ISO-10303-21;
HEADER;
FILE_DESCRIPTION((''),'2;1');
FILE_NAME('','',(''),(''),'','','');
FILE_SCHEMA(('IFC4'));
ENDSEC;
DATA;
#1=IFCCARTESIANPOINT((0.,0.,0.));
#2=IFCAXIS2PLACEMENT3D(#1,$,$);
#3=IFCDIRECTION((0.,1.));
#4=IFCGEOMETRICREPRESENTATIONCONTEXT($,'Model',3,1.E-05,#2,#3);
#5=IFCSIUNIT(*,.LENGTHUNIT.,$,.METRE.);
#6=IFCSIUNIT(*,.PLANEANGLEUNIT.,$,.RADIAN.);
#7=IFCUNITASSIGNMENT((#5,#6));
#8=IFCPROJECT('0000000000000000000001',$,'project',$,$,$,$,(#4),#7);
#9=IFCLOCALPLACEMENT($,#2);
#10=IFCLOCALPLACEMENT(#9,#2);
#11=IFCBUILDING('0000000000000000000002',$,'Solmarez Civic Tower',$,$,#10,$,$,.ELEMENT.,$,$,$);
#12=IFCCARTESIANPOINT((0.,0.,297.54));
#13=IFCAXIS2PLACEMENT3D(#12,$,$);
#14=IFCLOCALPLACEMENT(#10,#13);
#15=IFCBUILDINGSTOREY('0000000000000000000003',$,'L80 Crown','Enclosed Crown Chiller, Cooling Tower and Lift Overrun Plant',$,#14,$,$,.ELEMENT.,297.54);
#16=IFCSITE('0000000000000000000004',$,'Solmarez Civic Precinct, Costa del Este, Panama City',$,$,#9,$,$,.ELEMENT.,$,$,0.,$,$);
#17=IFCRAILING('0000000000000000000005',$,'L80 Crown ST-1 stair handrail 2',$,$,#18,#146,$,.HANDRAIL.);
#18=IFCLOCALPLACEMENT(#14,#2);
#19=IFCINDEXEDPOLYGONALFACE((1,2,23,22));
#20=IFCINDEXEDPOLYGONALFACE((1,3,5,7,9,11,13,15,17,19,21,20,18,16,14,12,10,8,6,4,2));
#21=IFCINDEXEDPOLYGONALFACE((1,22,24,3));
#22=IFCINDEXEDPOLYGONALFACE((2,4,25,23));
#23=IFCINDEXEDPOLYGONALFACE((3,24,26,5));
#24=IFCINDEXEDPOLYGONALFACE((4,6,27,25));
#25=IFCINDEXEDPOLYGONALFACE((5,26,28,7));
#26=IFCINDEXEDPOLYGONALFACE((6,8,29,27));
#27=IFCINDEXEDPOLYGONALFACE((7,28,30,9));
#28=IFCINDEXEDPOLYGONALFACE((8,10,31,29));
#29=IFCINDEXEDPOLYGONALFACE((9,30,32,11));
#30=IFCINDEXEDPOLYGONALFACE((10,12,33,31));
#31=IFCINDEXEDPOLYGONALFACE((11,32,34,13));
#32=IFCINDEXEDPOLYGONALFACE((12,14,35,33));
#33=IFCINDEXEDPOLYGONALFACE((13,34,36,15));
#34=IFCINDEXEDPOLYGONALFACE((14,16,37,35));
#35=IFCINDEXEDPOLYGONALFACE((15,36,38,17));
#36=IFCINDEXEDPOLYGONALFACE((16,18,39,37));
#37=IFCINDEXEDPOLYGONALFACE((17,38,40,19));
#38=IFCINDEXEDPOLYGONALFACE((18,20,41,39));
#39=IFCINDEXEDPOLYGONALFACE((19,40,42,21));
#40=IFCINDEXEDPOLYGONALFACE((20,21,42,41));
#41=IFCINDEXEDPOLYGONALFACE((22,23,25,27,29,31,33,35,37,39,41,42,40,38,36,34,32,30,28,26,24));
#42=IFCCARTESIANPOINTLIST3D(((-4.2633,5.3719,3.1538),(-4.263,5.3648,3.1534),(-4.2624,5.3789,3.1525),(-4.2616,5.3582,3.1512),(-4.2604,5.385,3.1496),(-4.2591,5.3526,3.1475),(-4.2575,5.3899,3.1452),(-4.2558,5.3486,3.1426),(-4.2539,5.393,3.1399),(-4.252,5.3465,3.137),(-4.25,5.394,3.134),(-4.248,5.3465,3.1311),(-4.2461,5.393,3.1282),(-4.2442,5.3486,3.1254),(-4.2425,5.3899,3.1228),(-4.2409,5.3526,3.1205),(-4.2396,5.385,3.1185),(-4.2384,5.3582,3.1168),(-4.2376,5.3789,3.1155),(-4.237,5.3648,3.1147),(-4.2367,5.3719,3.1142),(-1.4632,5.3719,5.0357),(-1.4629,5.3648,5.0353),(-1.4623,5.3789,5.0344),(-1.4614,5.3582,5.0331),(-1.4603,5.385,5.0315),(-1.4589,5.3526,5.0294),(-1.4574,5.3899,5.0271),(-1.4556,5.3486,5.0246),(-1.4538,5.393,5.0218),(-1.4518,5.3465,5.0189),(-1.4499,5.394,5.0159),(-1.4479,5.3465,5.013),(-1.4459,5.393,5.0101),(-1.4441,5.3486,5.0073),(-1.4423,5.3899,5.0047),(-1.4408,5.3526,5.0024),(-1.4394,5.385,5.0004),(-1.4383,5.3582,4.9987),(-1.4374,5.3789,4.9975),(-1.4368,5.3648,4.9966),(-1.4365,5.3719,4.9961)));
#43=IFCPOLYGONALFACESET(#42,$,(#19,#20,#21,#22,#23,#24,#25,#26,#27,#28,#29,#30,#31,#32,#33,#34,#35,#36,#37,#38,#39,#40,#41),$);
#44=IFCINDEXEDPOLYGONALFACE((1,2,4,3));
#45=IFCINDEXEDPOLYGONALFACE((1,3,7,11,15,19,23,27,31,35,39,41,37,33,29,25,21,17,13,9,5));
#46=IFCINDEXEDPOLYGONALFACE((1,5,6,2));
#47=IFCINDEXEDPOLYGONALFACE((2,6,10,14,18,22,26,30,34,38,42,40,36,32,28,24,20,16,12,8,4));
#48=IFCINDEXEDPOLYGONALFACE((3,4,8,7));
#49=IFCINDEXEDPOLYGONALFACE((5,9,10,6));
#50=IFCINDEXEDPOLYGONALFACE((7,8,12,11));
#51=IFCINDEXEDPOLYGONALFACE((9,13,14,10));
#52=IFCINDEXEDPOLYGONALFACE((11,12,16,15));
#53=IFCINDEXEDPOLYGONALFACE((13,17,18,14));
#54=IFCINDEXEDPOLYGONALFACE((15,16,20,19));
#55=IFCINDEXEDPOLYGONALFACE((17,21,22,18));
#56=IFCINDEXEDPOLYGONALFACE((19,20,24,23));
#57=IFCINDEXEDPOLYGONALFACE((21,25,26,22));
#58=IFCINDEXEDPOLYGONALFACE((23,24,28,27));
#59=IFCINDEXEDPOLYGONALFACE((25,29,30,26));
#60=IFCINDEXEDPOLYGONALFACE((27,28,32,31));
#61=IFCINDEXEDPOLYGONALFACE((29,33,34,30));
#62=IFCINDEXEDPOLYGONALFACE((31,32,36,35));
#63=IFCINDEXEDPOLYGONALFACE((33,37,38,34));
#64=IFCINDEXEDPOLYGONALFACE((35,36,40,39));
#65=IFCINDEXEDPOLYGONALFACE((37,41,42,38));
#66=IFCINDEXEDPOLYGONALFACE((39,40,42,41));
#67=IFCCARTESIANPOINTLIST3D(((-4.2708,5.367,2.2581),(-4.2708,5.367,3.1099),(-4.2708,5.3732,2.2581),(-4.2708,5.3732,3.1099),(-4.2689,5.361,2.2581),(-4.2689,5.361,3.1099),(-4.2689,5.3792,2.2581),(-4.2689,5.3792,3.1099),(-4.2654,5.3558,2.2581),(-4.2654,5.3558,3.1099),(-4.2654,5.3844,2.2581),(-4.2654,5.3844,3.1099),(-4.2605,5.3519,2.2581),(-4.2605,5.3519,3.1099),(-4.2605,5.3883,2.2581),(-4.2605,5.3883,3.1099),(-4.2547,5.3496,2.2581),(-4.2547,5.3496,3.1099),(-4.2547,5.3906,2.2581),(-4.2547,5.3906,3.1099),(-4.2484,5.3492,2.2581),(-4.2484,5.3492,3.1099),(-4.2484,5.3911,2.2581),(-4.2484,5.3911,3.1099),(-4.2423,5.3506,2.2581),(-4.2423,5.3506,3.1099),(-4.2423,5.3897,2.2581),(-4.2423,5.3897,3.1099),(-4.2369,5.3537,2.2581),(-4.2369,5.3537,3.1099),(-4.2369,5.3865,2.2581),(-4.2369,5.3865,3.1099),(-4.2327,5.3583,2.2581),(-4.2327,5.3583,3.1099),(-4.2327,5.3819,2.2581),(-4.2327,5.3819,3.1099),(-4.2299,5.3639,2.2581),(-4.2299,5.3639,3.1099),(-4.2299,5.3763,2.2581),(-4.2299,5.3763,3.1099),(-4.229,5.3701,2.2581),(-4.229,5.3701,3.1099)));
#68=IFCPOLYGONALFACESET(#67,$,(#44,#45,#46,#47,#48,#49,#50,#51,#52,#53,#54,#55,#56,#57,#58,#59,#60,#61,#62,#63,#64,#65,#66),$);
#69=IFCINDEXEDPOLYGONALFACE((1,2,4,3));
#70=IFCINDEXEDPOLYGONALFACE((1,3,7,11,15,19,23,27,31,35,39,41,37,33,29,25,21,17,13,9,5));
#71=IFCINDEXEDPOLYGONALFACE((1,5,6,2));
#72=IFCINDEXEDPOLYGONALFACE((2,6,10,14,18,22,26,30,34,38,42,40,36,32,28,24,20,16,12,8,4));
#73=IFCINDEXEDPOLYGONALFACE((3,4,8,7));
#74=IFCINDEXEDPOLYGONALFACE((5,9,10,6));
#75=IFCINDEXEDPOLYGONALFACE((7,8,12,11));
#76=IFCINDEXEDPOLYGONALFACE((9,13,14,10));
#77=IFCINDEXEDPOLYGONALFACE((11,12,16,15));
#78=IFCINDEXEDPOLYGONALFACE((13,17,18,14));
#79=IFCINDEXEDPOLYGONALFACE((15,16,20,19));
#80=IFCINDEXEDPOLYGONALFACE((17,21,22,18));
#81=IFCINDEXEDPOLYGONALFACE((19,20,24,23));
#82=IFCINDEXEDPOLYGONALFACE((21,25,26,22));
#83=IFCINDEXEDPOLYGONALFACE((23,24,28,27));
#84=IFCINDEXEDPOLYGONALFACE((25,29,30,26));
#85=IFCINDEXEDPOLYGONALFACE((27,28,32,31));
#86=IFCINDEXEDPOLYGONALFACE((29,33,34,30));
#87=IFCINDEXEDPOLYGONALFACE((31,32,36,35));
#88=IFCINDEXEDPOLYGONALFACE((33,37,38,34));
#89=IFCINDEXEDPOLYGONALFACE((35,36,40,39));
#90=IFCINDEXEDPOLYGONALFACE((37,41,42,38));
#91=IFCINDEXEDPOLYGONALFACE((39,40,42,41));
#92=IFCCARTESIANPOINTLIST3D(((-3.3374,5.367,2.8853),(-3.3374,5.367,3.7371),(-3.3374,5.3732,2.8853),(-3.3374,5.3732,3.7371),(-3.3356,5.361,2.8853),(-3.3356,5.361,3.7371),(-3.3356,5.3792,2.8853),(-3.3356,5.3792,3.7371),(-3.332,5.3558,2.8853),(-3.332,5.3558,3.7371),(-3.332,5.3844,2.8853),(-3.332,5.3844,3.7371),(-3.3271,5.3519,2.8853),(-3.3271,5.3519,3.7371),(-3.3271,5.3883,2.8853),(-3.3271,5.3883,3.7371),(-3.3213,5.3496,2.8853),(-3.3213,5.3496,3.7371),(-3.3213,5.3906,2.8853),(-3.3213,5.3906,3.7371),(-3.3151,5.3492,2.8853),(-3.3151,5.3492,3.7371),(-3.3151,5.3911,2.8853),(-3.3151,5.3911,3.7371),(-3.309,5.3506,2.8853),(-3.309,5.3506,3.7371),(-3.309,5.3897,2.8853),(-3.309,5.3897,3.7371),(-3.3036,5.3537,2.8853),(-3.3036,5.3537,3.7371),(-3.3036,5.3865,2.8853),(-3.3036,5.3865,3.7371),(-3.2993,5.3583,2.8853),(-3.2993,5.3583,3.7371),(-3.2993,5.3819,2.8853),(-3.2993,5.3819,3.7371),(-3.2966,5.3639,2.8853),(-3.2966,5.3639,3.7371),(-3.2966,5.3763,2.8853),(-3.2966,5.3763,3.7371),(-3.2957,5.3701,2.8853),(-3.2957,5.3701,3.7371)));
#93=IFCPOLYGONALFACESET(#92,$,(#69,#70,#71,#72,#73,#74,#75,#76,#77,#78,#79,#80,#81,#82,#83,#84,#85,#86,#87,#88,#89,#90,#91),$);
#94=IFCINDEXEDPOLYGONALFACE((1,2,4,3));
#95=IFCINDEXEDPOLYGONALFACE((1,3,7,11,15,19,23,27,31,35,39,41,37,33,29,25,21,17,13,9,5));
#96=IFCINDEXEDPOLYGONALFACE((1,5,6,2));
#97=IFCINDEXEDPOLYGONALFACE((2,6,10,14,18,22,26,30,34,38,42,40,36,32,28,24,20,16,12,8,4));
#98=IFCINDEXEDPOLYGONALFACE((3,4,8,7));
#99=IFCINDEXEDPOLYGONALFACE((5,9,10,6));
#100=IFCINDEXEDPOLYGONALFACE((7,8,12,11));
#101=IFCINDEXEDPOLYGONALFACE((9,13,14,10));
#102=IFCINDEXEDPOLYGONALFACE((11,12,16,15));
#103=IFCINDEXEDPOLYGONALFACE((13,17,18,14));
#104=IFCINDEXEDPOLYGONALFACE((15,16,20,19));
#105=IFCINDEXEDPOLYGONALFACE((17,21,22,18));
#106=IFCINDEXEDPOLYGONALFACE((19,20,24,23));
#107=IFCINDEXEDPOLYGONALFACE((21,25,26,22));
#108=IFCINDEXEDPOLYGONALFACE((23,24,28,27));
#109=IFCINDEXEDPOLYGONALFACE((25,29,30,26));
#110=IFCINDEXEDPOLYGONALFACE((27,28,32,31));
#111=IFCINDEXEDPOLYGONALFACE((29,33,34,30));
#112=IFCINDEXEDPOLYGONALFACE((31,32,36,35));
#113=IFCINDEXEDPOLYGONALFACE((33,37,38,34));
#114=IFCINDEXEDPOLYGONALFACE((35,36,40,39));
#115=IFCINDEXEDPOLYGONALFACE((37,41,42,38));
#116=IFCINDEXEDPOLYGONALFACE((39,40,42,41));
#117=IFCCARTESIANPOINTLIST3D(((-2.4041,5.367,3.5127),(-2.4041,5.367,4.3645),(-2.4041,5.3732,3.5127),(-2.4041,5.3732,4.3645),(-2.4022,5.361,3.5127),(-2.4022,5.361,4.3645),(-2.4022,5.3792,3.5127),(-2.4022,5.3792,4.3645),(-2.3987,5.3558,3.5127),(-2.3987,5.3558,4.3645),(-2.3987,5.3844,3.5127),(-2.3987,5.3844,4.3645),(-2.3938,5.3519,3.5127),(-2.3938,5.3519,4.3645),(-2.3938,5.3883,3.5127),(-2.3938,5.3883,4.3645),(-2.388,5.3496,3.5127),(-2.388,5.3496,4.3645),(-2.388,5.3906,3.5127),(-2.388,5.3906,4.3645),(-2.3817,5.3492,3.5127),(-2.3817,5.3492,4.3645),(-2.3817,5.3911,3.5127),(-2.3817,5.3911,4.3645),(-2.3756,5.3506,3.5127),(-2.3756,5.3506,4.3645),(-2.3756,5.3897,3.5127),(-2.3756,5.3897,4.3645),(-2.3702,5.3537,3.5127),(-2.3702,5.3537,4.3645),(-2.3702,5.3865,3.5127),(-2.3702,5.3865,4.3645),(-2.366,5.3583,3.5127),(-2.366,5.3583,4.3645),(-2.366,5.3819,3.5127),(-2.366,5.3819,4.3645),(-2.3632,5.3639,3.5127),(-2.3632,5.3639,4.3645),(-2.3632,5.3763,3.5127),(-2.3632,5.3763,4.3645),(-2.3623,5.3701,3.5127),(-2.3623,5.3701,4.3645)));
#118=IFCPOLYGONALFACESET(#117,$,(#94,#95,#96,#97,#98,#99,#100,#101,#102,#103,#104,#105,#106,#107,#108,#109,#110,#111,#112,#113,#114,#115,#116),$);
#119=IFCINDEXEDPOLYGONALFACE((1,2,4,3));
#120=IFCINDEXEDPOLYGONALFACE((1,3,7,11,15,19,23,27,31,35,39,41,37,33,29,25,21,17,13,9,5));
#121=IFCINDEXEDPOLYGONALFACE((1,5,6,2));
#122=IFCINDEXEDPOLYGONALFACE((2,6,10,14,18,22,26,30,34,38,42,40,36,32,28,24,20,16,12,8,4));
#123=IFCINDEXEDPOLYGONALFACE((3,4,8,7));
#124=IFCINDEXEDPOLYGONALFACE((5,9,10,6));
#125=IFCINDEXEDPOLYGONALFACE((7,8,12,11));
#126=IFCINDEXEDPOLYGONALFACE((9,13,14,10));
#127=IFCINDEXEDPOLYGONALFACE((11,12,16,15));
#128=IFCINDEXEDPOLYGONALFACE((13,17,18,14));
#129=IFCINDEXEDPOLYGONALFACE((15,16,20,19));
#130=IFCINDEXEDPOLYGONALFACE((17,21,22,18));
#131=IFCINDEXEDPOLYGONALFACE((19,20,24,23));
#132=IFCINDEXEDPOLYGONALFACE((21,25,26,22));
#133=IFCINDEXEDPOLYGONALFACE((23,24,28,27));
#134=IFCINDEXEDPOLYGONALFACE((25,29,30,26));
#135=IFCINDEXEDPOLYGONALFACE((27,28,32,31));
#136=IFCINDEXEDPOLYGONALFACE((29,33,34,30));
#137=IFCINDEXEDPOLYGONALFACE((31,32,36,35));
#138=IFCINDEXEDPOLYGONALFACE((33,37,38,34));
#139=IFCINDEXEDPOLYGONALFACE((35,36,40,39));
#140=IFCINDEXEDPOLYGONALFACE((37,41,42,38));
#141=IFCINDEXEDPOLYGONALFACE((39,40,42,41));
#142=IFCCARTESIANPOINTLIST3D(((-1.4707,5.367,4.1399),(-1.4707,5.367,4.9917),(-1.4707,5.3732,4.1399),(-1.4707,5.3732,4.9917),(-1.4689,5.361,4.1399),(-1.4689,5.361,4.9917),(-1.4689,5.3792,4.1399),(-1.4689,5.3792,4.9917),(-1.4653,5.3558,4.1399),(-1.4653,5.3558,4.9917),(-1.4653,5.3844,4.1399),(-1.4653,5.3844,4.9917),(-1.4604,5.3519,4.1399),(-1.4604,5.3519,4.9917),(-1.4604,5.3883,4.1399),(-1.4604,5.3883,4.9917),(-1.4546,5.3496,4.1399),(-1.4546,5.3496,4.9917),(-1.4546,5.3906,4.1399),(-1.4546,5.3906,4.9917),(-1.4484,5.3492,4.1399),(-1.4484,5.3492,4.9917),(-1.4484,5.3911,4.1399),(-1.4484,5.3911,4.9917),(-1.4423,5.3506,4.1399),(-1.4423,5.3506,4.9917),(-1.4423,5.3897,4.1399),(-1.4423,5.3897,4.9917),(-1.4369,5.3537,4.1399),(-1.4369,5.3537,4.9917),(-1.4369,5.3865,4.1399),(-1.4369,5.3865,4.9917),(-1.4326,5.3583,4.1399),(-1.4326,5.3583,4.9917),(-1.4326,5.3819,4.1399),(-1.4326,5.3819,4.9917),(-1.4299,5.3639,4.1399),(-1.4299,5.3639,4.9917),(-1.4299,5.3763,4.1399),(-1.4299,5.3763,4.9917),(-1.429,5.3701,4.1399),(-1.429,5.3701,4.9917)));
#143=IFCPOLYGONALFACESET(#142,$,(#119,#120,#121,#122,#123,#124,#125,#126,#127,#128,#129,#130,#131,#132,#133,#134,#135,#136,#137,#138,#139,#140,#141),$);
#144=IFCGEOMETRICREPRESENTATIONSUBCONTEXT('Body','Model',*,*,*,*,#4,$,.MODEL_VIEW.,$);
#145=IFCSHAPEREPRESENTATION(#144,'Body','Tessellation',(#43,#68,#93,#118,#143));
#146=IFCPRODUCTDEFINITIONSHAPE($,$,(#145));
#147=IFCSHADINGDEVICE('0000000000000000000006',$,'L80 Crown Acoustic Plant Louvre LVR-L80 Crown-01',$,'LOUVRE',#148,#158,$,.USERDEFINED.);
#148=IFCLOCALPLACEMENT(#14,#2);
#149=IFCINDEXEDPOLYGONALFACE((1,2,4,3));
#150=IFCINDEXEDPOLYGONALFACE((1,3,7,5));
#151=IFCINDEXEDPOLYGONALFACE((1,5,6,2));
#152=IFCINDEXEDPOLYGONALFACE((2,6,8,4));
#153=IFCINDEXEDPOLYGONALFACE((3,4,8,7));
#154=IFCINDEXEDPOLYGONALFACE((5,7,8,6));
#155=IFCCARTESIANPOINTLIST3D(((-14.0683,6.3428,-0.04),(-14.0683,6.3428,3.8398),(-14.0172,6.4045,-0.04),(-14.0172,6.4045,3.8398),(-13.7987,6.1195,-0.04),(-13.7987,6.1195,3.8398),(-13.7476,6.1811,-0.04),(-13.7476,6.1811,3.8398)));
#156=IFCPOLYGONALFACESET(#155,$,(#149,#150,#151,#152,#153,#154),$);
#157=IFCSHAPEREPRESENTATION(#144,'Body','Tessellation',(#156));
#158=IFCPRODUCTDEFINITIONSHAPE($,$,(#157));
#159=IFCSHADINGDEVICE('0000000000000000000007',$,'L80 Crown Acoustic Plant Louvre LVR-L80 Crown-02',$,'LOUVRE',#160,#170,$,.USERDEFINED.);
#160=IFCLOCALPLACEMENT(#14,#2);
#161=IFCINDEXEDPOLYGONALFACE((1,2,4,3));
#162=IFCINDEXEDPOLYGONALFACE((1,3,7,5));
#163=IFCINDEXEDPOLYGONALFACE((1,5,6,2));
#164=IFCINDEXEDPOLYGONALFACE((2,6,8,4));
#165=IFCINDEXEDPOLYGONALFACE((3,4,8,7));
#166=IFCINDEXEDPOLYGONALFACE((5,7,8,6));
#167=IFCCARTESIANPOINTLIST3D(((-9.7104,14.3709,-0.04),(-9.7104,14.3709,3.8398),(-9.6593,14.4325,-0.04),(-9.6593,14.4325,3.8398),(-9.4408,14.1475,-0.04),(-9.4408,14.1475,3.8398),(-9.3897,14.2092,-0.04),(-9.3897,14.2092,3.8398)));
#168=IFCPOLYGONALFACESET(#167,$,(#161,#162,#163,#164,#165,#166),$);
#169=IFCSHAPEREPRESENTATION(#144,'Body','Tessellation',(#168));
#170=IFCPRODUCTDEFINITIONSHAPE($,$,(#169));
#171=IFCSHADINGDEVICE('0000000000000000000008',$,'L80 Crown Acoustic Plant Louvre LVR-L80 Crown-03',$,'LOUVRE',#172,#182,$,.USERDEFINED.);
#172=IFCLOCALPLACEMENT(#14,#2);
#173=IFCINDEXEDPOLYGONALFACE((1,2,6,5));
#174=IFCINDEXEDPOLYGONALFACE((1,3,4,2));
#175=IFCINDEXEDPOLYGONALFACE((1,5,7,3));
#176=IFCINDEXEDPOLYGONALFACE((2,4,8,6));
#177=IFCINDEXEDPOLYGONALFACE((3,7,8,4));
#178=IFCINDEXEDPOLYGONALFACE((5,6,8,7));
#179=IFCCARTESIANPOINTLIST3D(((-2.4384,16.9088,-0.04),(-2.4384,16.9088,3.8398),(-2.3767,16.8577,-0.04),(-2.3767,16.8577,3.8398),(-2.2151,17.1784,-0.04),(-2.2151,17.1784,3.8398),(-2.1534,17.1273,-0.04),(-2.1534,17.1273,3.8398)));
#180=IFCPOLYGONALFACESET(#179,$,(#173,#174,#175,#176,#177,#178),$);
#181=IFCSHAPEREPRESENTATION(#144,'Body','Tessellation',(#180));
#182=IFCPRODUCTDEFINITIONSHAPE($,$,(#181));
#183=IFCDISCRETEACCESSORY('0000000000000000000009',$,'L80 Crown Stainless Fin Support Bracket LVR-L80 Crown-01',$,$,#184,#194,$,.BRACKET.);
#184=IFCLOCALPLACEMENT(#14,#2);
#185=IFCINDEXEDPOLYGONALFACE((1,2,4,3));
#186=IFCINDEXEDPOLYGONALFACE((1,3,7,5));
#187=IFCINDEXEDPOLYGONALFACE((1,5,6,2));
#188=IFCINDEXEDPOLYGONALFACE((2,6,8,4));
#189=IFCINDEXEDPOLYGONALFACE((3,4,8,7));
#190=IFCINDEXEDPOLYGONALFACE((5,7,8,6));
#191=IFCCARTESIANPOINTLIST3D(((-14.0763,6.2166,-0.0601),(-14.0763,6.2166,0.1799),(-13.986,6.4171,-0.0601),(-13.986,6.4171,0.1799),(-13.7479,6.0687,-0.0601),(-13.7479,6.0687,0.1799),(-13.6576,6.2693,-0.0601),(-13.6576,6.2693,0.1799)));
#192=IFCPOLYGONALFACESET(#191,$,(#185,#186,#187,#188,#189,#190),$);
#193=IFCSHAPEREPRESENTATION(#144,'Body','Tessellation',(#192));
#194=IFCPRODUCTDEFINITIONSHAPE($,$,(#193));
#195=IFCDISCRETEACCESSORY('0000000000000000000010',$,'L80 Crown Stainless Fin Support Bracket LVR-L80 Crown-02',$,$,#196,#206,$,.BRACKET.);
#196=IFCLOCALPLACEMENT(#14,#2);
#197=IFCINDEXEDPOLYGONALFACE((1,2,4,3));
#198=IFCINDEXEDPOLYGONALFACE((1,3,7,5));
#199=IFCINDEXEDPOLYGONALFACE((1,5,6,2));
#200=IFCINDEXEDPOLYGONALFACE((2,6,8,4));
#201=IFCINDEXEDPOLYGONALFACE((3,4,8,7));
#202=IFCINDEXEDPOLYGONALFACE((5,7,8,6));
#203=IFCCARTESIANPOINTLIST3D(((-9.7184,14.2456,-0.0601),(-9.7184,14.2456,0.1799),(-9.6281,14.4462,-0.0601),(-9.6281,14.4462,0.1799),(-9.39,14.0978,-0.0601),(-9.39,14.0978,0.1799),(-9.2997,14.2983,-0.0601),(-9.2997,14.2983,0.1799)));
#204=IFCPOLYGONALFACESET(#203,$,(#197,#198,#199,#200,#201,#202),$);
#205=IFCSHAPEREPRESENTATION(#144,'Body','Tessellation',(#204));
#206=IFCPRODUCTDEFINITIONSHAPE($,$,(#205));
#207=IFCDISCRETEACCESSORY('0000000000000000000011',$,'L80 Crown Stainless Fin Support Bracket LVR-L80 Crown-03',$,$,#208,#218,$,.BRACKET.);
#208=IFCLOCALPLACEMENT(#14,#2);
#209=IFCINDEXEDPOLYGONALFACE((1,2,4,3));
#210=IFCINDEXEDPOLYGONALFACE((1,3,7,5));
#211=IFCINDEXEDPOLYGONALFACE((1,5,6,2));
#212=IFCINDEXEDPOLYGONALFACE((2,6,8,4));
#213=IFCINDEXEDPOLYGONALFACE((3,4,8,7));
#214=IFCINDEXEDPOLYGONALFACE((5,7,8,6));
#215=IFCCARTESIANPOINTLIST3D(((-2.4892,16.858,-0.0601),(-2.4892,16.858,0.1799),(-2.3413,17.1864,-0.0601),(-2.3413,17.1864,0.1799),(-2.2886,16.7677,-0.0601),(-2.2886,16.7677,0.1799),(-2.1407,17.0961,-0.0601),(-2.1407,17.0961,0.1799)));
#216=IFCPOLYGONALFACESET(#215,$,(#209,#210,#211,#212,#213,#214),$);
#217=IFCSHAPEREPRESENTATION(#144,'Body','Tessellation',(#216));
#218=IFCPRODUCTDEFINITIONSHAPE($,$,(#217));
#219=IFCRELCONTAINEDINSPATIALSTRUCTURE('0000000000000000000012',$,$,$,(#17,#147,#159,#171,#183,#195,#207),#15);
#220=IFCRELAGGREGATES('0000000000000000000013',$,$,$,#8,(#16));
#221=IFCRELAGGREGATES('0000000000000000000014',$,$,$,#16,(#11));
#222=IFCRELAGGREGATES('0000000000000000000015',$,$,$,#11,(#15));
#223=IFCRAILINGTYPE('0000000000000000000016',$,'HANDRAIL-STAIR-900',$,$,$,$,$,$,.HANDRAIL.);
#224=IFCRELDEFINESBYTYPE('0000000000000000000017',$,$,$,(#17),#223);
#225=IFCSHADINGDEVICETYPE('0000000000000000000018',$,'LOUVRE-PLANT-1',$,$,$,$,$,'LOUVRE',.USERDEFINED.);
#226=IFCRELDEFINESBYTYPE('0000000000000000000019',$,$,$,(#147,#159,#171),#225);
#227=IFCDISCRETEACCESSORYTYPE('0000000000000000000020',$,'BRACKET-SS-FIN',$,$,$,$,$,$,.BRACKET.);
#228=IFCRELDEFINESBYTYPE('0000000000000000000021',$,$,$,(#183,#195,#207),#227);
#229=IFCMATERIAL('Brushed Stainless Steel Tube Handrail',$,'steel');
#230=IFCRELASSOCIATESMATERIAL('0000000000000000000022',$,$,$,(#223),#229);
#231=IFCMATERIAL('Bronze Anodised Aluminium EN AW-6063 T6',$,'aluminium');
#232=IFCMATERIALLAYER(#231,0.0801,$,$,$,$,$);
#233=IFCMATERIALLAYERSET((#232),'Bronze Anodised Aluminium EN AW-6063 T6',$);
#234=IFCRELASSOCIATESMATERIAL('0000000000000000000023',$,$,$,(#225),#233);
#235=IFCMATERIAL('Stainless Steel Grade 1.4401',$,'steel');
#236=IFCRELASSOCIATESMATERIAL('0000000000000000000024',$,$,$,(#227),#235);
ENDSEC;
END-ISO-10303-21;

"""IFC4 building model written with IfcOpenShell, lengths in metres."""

from ifc_helpers import new_model, si_unit, direction, frame, origin, origin_2d, place, context, subcontext, project, spatial, rectangle, circle, extrude, material, layer, layer_set, type_object, element, save


model = new_model("IFC4")

# Units and contexts
model_context = context("Model", 3, precision=1e-05, world=origin(), true_north=direction((0.0, 1.0)))
body_context = subcontext(model_context, "Body", "Model", "MODEL_VIEW")
ifc_project = project(units=[si_unit("LENGTHUNIT", "METRE"), si_unit("PLANEANGLEUNIT", "RADIAN")], contexts=[model_context])

# Site, building, storey
site_placement = place(None, origin())
site = spatial("IfcSite", under=ifc_project, at=site_placement, Name="Solmarez Civic Precinct, Costa del Este, Panama City", CompositionType="ELEMENT", RefElevation=0.0)
building_placement = place(site_placement, origin())
building = spatial("IfcBuilding", under=site, at=building_placement, Name="Solmarez Civic Tower", CompositionType="ELEMENT")
storey_placement = place(building_placement, frame((0.0, 0.0, 297.54)))
storey = spatial("IfcBuildingStorey", under=building, at=storey_placement, Name="L80 Crown", Description="Enclosed Crown Chiller, Cooling Tower and Lift Overrun Plant", CompositionType="ELEMENT", Elevation=297.54)

# Railing
ifc_material_1 = material(Name="Brushed Stainless Steel Tube Handrail", Category="steel")
railing_type_1 = type_object("IfcRailingType", Name="HANDRAIL-STAIR-900", PredefinedType="HANDRAIL", material=ifc_material_1)
railing_1_placement = place(storey_placement, frame((-4.25, 5.3701, 2.2581)))
element("IfcRailing", 1, at=railing_1_placement, inside=storey, type_object=railing_type_1, Name="L80 Crown ST-1 stair handrail 2", PredefinedType="HANDRAIL", context=body_context, shape_type="SweptSolid", body=[
    extrude(circle(Radius=0.0239, at=origin_2d()), frame((0.0, 0.0, 0.876), z_axis=(0.829974, 0.0, 0.557803), x_axis=(0.0, 1.0, 0.0)), (0.0, 0.0, 1.0), 3.3738),
    extrude(circle(Radius=0.021, at=origin_2d()), origin(), (0.0, 0.0, 1.0), 0.8518),
    extrude(circle(Radius=0.021, at=origin_2d()), frame((0.9333, 0.0, 0.6272)), (0.0, 0.0, 1.0), 0.8518),
    extrude(circle(Radius=0.021, at=origin_2d()), frame((1.8667, 0.0, 1.2546)), (0.0, 0.0, 1.0), 0.8518),
    extrude(circle(Radius=0.021, at=origin_2d()), frame((2.8, 0.0, 1.8818)), (0.0, 0.0, 1.0), 0.8518),
])

# Shading devices
ifc_material_2 = material(Name="Bronze Anodised Aluminium EN AW-6063 T6", Category="aluminium")
ifc_layer_1 = layer(ifc_material_2, 0.0801)
ifc_layer_set_1 = layer_set([ifc_layer_1], Name="Bronze Anodised Aluminium EN AW-6063 T6")
shading_device_type = type_object("IfcShadingDeviceType", Name="LOUVRE-PLANT-1", ElementType="LOUVRE", PredefinedType="USERDEFINED", material=ifc_layer_set_1)
for number, where, z_axis, x_axis, name in (
    (2, (-13.908, 6.262, -0.04), (0.0, 0.0, 1.0), (-0.770057, 0.637975, 0.0), "L80 Crown Acoustic Plant Louvre LVR-L80 Crown-01"),
    (3, (-9.55, 14.29, -0.04), (0.0, 0.0, 1.0), (-0.770057, 0.637975, 0.0), "L80 Crown Acoustic Plant Louvre LVR-L80 Crown-02"),
    (4, (-2.2959, 17.0181, -0.04), (0.0, 0.0, 1.0), (0.637989, 0.770046, 0.0), "L80 Crown Acoustic Plant Louvre LVR-L80 Crown-03"),
):
    element("IfcShadingDevice", number, at=place(storey_placement, frame(where, z_axis=z_axis, x_axis=x_axis)), inside=storey, type_object=shading_device_type, Name=name, ObjectType="LOUVRE", PredefinedType="USERDEFINED", context=body_context, shape_type="SweptSolid", body=[
        extrude(rectangle(XDim=0.3501, YDim=0.0801, at=origin_2d()), origin(), (0.0, 0.0, 1.0), 3.8799),
    ])

# Discrete accessories
ifc_material_3 = material(Name="Stainless Steel Grade 1.4401", Category="steel")
discrete_accessory_type = type_object("IfcDiscreteAccessoryType", Name="BRACKET-SS-FIN", PredefinedType="BRACKET", material=ifc_material_3)
for number, where, z_axis, x_axis, name in (
    (5, (-13.8669, 6.2429, -0.0601), (0.0, 0.0, 1.0), (-0.911827, 0.410575, 0.0), "L80 Crown Stainless Fin Support Bracket LVR-L80 Crown-01"),
    (6, (-9.509, 14.272, -0.0601), (0.0, 0.0, 1.0), (-0.911828, 0.410573, 0.0), "L80 Crown Stainless Fin Support Bracket LVR-L80 Crown-02"),
    (7, (-2.3149, 16.9771, -0.0601), (0.0, 0.0, 1.0), (0.410585, 0.911822, 0.0), "L80 Crown Stainless Fin Support Bracket LVR-L80 Crown-03"),
):
    element("IfcDiscreteAccessory", number, at=place(storey_placement, frame(where, z_axis=z_axis, x_axis=x_axis)), inside=storey, type_object=discrete_accessory_type, Name=name, PredefinedType="BRACKET", context=body_context, shape_type="SweptSolid", body=[
        extrude(rectangle(XDim=0.3601, YDim=0.22, at=origin_2d()), origin(), (0.0, 0.0, 1.0), 0.24),
    ])

save(model, "model.ifc")
